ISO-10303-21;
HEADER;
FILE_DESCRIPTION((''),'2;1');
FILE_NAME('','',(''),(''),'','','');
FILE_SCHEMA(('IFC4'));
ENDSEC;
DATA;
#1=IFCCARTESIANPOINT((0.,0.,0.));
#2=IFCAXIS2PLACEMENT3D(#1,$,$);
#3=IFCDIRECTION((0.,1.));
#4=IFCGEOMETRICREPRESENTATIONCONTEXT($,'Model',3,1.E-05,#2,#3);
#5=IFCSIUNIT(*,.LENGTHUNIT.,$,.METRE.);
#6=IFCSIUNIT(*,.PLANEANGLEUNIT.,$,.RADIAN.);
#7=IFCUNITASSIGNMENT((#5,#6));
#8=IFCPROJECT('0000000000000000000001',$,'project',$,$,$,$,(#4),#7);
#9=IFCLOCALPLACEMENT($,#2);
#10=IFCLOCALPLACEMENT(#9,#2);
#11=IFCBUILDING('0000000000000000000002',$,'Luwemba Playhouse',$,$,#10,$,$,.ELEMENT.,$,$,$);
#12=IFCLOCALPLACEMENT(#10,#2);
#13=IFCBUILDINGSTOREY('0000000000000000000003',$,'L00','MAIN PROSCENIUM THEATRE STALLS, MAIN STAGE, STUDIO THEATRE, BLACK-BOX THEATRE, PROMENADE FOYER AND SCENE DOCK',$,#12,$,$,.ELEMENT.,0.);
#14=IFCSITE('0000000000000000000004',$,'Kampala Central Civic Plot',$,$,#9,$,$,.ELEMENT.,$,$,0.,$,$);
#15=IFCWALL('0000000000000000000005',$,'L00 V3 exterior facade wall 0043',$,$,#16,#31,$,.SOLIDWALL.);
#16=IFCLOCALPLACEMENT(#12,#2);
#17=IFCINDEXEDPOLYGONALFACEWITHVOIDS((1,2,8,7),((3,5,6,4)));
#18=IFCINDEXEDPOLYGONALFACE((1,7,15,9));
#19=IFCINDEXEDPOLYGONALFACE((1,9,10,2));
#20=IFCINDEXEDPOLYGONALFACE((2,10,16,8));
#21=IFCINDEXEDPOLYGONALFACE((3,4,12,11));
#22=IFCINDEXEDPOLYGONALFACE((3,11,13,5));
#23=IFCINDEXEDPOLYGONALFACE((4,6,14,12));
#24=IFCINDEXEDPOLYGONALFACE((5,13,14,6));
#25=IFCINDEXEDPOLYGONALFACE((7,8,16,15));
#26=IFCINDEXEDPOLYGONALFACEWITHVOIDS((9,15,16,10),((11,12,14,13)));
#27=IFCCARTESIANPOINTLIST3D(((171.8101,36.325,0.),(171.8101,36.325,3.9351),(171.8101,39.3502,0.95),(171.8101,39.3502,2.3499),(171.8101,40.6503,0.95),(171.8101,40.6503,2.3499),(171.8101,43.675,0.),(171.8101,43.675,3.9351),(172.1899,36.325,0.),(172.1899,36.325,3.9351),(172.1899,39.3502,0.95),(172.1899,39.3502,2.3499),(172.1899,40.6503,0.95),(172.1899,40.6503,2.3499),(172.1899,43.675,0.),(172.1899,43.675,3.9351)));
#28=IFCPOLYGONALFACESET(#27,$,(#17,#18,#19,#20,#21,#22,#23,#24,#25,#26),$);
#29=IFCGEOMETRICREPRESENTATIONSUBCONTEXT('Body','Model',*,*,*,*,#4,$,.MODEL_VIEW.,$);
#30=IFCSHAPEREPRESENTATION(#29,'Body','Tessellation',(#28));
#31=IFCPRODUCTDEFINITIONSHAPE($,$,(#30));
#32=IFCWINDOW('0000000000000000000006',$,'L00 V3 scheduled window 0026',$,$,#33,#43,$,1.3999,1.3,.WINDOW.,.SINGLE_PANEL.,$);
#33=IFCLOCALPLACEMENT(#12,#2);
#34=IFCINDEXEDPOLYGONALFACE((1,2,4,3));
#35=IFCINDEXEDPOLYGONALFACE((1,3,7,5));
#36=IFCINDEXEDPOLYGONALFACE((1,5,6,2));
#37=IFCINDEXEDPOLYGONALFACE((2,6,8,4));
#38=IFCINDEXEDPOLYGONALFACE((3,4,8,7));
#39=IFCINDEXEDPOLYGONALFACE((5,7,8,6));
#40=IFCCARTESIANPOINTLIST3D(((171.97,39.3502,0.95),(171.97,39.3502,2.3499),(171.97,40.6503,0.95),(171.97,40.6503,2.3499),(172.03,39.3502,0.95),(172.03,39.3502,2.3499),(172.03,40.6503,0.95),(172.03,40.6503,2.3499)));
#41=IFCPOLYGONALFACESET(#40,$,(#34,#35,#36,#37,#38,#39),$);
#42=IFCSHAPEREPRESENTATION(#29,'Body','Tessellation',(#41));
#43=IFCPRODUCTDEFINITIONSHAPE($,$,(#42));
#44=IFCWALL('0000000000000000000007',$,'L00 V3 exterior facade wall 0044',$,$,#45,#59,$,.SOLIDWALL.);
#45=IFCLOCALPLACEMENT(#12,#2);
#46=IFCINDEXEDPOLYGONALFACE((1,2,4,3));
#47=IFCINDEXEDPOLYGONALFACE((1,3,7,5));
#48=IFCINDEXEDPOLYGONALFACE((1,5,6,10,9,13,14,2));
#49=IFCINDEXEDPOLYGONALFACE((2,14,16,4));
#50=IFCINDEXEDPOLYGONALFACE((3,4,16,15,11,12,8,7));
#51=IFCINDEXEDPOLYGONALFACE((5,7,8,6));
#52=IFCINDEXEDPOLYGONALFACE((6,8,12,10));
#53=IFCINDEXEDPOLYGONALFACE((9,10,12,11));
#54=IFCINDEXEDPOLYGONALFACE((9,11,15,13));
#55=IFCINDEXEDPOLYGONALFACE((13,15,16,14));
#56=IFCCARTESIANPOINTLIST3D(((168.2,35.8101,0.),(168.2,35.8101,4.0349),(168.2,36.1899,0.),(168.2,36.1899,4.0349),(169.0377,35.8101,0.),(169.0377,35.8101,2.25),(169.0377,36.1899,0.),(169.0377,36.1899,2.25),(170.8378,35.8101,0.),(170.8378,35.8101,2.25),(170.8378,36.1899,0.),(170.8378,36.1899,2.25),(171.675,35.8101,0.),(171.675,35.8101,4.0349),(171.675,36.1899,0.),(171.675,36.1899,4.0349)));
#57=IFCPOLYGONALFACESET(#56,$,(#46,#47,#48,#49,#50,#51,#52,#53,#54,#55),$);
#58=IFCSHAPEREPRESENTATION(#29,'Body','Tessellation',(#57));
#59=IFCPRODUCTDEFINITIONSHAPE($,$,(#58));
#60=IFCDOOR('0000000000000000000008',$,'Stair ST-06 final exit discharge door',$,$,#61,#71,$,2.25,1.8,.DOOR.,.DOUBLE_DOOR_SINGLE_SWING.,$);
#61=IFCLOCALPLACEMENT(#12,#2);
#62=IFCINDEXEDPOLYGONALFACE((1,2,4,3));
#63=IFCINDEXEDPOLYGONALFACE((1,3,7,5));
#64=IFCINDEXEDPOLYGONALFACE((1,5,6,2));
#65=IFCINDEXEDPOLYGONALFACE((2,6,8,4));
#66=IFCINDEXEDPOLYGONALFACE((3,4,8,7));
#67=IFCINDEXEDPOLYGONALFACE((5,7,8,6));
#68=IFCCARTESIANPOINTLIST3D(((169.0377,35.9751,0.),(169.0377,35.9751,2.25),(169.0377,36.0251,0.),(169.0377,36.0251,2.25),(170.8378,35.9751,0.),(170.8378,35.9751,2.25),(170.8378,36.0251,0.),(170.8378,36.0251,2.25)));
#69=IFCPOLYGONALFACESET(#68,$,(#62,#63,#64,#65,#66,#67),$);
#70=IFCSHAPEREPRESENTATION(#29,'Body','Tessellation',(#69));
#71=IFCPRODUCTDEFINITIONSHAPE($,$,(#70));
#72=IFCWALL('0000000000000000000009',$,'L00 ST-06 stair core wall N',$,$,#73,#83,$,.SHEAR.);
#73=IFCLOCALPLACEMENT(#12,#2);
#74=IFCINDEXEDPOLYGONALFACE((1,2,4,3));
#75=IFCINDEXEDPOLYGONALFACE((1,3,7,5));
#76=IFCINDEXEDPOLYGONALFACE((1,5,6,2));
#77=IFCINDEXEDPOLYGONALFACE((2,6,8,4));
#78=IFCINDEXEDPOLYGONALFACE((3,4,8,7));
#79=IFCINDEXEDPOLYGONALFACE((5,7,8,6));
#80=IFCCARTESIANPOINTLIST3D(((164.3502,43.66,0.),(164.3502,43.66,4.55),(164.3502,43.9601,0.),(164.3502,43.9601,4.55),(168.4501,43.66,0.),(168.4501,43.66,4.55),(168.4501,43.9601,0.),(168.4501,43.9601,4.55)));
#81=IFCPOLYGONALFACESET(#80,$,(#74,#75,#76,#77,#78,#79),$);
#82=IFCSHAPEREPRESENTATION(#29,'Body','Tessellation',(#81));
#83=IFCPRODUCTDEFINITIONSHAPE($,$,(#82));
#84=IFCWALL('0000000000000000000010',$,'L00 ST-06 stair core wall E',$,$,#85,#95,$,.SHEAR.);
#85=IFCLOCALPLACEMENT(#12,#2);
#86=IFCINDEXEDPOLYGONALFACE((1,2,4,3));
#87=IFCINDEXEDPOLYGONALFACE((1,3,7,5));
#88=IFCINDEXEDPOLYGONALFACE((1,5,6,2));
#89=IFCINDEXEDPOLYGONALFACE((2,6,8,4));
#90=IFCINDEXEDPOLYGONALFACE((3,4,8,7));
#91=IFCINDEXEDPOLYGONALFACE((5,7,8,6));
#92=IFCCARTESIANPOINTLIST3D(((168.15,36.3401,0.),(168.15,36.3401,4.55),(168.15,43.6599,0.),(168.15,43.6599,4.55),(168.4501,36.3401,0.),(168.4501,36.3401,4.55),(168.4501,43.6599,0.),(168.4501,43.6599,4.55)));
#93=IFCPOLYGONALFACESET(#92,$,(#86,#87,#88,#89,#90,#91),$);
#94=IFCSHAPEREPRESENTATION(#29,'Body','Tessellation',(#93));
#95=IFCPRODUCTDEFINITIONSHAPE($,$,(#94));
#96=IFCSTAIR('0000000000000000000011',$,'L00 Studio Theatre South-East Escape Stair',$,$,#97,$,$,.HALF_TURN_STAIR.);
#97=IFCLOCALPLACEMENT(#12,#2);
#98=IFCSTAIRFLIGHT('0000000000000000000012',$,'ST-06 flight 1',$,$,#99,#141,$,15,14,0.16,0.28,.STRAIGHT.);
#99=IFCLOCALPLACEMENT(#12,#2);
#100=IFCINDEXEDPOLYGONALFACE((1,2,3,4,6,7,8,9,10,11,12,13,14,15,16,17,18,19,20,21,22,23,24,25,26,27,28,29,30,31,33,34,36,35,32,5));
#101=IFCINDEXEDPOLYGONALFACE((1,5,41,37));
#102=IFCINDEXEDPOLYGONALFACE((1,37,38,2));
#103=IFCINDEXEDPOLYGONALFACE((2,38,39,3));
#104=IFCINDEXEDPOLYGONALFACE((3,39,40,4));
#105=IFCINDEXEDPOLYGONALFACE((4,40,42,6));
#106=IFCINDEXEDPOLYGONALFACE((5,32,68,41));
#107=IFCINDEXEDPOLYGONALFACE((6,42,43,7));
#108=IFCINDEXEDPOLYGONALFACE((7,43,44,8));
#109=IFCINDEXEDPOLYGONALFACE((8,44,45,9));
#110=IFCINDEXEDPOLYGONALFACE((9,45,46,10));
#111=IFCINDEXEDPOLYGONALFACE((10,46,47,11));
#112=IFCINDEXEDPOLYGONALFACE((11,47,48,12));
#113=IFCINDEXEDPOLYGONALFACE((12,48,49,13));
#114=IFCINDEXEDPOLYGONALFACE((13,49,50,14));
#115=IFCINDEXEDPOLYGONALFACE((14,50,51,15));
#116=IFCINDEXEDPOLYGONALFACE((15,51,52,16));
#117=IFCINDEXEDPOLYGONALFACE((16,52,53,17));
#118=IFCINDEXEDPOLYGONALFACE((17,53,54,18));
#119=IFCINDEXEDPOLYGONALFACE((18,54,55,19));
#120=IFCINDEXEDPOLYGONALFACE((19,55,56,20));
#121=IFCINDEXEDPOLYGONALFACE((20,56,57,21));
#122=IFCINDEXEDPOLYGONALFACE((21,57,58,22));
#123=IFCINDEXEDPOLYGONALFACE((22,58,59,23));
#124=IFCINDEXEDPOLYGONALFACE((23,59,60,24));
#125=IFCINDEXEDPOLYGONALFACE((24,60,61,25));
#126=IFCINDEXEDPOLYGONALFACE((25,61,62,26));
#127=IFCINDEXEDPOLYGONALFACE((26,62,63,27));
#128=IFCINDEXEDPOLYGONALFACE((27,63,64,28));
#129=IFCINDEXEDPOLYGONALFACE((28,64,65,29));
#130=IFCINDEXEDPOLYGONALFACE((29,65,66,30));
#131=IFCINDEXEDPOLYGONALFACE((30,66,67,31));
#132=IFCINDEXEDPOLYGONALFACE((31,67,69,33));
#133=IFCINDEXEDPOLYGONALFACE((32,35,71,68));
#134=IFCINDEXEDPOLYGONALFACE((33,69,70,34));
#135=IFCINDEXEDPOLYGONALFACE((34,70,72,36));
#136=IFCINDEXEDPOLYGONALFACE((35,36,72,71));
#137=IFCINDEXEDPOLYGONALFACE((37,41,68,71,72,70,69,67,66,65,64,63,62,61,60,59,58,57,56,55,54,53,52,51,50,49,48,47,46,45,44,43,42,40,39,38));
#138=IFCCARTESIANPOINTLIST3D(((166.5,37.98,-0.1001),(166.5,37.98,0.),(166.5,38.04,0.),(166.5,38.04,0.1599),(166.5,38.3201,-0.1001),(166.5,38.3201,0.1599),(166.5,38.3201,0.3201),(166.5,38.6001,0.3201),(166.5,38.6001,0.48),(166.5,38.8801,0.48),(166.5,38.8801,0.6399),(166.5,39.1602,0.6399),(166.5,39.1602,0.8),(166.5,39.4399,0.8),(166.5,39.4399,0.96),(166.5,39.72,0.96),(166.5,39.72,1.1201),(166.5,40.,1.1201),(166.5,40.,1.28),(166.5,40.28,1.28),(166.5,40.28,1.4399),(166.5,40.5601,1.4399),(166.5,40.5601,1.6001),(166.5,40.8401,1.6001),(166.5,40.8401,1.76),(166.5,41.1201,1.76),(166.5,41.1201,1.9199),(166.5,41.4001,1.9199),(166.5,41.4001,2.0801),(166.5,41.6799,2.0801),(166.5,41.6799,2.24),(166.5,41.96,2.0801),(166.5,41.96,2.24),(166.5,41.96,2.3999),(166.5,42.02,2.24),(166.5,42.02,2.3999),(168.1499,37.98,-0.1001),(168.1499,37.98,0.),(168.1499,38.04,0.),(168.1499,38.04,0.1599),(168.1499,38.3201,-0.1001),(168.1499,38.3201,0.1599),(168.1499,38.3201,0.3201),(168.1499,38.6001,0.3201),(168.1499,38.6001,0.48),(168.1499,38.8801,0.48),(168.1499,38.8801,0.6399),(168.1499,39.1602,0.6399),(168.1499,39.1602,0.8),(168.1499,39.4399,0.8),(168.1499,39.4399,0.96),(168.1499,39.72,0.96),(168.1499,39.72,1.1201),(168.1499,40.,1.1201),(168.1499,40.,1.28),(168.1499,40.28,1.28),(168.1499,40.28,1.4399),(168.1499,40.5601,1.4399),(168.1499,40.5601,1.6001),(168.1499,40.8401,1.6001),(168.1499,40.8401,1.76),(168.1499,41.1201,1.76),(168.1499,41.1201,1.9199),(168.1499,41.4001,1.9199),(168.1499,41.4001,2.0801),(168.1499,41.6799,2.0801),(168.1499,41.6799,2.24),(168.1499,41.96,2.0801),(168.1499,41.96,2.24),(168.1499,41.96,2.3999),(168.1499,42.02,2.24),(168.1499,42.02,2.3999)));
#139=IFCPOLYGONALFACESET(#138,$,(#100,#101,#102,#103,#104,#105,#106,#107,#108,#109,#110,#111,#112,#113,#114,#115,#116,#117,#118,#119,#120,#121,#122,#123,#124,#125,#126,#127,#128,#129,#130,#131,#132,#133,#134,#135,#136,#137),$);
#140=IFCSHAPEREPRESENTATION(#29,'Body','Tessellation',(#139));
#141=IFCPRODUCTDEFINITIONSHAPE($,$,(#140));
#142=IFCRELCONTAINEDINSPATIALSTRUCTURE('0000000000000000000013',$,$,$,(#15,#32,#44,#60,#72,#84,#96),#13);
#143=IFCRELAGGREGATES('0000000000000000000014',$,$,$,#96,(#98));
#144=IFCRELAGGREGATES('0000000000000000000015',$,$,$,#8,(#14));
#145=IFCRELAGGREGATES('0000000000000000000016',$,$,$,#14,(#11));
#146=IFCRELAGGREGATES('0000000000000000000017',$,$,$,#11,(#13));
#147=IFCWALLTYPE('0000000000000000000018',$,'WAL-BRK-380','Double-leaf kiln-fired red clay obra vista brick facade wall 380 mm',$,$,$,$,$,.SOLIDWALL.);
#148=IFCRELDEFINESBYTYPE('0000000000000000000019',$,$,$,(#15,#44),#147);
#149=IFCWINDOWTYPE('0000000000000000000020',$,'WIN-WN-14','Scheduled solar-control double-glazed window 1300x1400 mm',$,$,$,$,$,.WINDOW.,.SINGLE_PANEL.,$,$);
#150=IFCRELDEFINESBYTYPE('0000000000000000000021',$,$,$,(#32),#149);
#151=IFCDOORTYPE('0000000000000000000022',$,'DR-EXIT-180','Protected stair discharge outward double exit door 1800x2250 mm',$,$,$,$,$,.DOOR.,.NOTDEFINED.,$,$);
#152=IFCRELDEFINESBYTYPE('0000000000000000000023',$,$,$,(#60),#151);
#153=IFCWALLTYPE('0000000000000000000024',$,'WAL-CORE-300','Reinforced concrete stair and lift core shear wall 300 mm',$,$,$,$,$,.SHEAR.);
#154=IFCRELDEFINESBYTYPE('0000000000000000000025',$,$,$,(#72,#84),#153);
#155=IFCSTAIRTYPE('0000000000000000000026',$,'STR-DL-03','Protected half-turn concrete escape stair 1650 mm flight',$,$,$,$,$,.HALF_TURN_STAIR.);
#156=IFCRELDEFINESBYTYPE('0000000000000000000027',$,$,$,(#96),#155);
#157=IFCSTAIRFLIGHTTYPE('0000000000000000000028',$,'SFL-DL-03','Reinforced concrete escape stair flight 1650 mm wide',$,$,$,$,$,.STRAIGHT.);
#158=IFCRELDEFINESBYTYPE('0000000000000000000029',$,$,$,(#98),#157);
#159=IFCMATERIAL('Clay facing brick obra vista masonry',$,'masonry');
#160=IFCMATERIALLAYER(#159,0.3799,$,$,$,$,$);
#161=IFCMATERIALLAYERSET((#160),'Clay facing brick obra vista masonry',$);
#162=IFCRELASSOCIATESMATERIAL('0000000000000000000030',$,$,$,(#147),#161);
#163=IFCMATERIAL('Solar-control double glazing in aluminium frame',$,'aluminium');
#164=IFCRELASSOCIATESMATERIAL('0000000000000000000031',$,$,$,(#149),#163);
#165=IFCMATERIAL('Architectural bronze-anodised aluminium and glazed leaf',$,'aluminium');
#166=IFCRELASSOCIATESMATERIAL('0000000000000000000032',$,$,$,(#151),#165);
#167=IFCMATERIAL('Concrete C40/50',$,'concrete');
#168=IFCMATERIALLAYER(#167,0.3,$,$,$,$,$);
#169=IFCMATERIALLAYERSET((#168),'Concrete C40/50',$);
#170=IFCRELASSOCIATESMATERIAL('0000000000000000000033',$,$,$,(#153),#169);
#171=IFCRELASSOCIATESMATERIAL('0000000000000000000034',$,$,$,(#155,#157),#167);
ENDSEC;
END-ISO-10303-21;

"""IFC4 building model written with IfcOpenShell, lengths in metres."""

from ifc_helpers import new_model, si_unit, direction, frame, frame_2d, origin, place, context, subcontext, project, spatial, polyline, rectangle, outline, extrude, material, layer, layer_set, type_object, element, fill, aggregate, save


model = new_model("IFC4")

# Units and contexts
model_context = context("Model", 3, precision=1e-05, world=origin(), true_north=direction((0.0, 1.0)))
body_context = subcontext(model_context, "Body", "Model", "MODEL_VIEW")
ifc_project = project(units=[si_unit("LENGTHUNIT", "METRE"), si_unit("PLANEANGLEUNIT", "RADIAN")], contexts=[model_context])

# Site, building, storey
site_placement = place(None, origin())
site = spatial("IfcSite", under=ifc_project, at=site_placement, Name="Kampala Central Civic Plot", CompositionType="ELEMENT", RefElevation=0.0)
building_placement = place(site_placement, origin())
building = spatial("IfcBuilding", under=site, at=building_placement, Name="Luwemba Playhouse", CompositionType="ELEMENT")
storey_placement = place(building_placement, origin())
storey = spatial("IfcBuildingStorey", under=building, at=storey_placement, Name="L00", Description="MAIN PROSCENIUM THEATRE STALLS, MAIN STAGE, STUDIO THEATRE, BLACK-BOX THEATRE, PROMENADE FOYER AND SCENE DOCK", CompositionType="ELEMENT", Elevation=0.0)

# Shared definitions
ifc_material_1 = material(Name="Concrete C40/50", Category="concrete")

# Wall, opening, window
ifc_material_2 = material(Name="Clay facing brick obra vista masonry", Category="masonry")
ifc_layer_1 = layer(ifc_material_2, 0.3799)
ifc_layer_set_1 = layer_set([ifc_layer_1], Name="Clay facing brick obra vista masonry")
wall_type_1 = type_object("IfcWallType", Name="WAL-BRK-380", Description="Double-leaf kiln-fired red clay obra vista brick facade wall 380 mm", PredefinedType="SOLIDWALL", material=ifc_layer_set_1)
wall_1_placement = place(storey_placement, frame((172.0, 43.675, 0.0), z_axis=(0.0, 0.0, 1.0), x_axis=(0.0, -1.0, 0.0)))
wall_1 = element("IfcWall", 1, at=wall_1_placement, inside=storey, type_object=wall_type_1, Name="L00 V3 exterior facade wall 0043", PredefinedType="SOLIDWALL", context=body_context, shape_type="SweptSolid", body=[
    extrude(rectangle(XDim=7.3501, YDim=0.3799, at=frame_2d((3.675, 0.0))), origin(), (0.0, 0.0, 1.0), 3.9351),
])
opening_1_placement = place(wall_1_placement, frame((3.0249, 0.0, 0.95)))
opening_1 = element("IfcOpeningElement", 2, at=opening_1_placement, cuts=wall_1, PredefinedType="OPENING", context=body_context, shape_type="SweptSolid", body=[
    extrude(rectangle(XDim=1.3, YDim=1.3999, at=frame_2d((0.6499, 0.7))), frame((0.0, 0.2, 0.0), z_axis=(0.0, -1.0, 0.0), x_axis=(1.0, 0.0, 0.0)), (0.0, 0.0, 1.0), 0.3999),
])
ifc_material_3 = material(Name="Solar-control double glazing in aluminium frame", Category="aluminium")
window_type = type_object("IfcWindowType", Name="WIN-WN-14", Description="Scheduled solar-control double-glazed window 1300x1400 mm", PartitioningType="SINGLE_PANEL", PredefinedType="WINDOW", material=ifc_material_3)
window_placement = place(opening_1_placement, origin())
window = element("IfcWindow", 3, at=window_placement, inside=storey, type_object=window_type, Name="L00 V3 scheduled window 0026", OverallHeight=1.3999, OverallWidth=1.3, PartitioningType="SINGLE_PANEL", PredefinedType="WINDOW", context=body_context, shape_type="SweptSolid", body=[
    extrude(rectangle(XDim=1.3, YDim=1.3999, at=frame_2d((0.6499, 0.7))), frame((0.0, 0.03, 0.0), z_axis=(0.0, -1.0, 0.0), x_axis=(1.0, 0.0, 0.0)), (0.0, 0.0, 1.0), 0.0601),
])
fill(opening_1, window)

# Wall, opening, door
wall_2_placement = place(storey_placement, frame((171.675, 36.0, 0.0), z_axis=(0.0, 0.0, 1.0), x_axis=(-1.0, 0.0, 0.0)))
wall_2 = element("IfcWall", 4, at=wall_2_placement, inside=storey, type_object=wall_type_1, Name="L00 V3 exterior facade wall 0044", PredefinedType="SOLIDWALL", context=body_context, shape_type="SweptSolid", body=[
    extrude(rectangle(XDim=3.4751, YDim=0.3799, at=frame_2d((1.7375, 0.0))), origin(), (0.0, 0.0, 1.0), 4.0349),
])
opening_2_placement = place(wall_2_placement, frame((0.8374, 0.0, 0.0)))
opening_2 = element("IfcOpeningElement", 5, at=opening_2_placement, cuts=wall_2, PredefinedType="OPENING", context=body_context, shape_type="SweptSolid", body=[
    extrude(rectangle(XDim=1.8, YDim=2.25, at=frame_2d((0.8999, 1.125))), frame((0.0, 0.2, 0.0), z_axis=(0.0, -1.0, 0.0), x_axis=(1.0, 0.0, 0.0)), (0.0, 0.0, 1.0), 0.3999),
])
ifc_material_4 = material(Name="Architectural bronze-anodised aluminium and glazed leaf", Category="aluminium")
door_type = type_object("IfcDoorType", Name="DR-EXIT-180", Description="Protected stair discharge outward double exit door 1800x2250 mm", OperationType="NOTDEFINED", PredefinedType="DOOR", material=ifc_material_4)
door_placement = place(opening_2_placement, origin())
door = element("IfcDoor", 6, at=door_placement, inside=storey, type_object=door_type, Name="Stair ST-06 final exit discharge door", OperationType="DOUBLE_DOOR_SINGLE_SWING", OverallHeight=2.25, OverallWidth=1.8, PredefinedType="DOOR", context=body_context, shape_type="SweptSolid", body=[
    extrude(rectangle(XDim=1.8, YDim=2.25, at=frame_2d((0.8999, 1.125))), frame((0.0, 0.0249, 0.0), z_axis=(0.0, -1.0, 0.0), x_axis=(1.0, 0.0, 0.0)), (0.0, 0.0, 1.0), 0.05),
])
fill(opening_2, door)

# Walls
ifc_layer_2 = layer(ifc_material_1, 0.3)
ifc_layer_set_2 = layer_set([ifc_layer_2], Name="Concrete C40/50")
wall_type_2 = type_object("IfcWallType", Name="WAL-CORE-300", Description="Reinforced concrete stair and lift core shear wall 300 mm", PredefinedType="SHEAR", material=ifc_layer_set_2)
wall_3_placement = place(storey_placement, frame((168.45, 43.8101, 0.0), z_axis=(0.0, 0.0, 1.0), x_axis=(-1.0, 0.0, 0.0)))
element("IfcWall", 7, at=wall_3_placement, inside=storey, type_object=wall_type_2, Name="L00 ST-06 stair core wall N", PredefinedType="SHEAR", context=body_context, shape_type="SweptSolid", body=[
    extrude(rectangle(XDim=4.0999, YDim=0.3, at=frame_2d((2.0498, 0.0))), origin(), (0.0, 0.0, 1.0), 4.55),
])
wall_4_placement = place(storey_placement, frame((168.3, 43.6599, 0.0), z_axis=(0.0, 0.0, 1.0), x_axis=(0.0, -1.0, 0.0)))
element("IfcWall", 8, at=wall_4_placement, inside=storey, type_object=wall_type_2, Name="L00 ST-06 stair core wall E", PredefinedType="SHEAR", context=body_context, shape_type="SweptSolid", body=[
    extrude(rectangle(XDim=7.3198, YDim=0.3, at=frame_2d((3.6599, 0.0))), origin(), (0.0, 0.0, 1.0), 4.55),
])

# Stair, stair flight
stair_type = type_object("IfcStairType", Name="STR-DL-03", Description="Protected half-turn concrete escape stair 1650 mm flight", PredefinedType="HALF_TURN_STAIR", material=ifc_material_1)
stair_placement = place(storey_placement, origin())
stair = element("IfcStair", 9, at=stair_placement, inside=storey, type_object=stair_type, Name="L00 Studio Theatre South-East Escape Stair", PredefinedType="HALF_TURN_STAIR")
stair_flight_type = type_object("IfcStairFlightType", Name="SFL-DL-03", Description="Reinforced concrete escape stair flight 1650 mm wide", PredefinedType="STRAIGHT", material=ifc_material_1)
stair_flight_1_placement = place(storey_placement, frame((167.325, 38.04, 0.0), z_axis=(0.0, 0.0, 1.0), x_axis=(0.0, 1.0, 0.0)))
stair_flight_1 = element("IfcStairFlight", 10, at=stair_flight_1_placement, type_object=stair_flight_type, Name="ST-06 flight 1", NumberOfRisers=15, NumberOfTreads=14, PredefinedType="STRAIGHT", RiserHeight=0.16, TreadLength=0.28, context=body_context, shape_type="SweptSolid", body=[
    extrude(outline(polyline([(-0.0601, -0.1001), (-0.0601, 0.0), (0.0, 0.0), (0.0, 0.1599), (0.28, 0.1599), (0.28, 0.3201), (0.5601, 0.3201), (0.5601, 0.48), (0.8401, 0.48), (0.8401, 0.6399), (1.1201, 0.6399), (1.1201, 0.8), (1.3999, 0.8), (1.3999, 0.96), (1.6799, 0.96), (1.6799, 1.1201), (1.96, 1.1201), (1.96, 1.28), (2.24, 1.28), (2.24, 1.4399), (2.52, 1.4399), (2.52, 1.6001), (2.8, 1.6001), (2.8, 1.76), (3.0801, 1.76), (3.0801, 1.9199), (3.3601, 1.9199), (3.3601, 2.0801), (3.6399, 2.0801), (3.6399, 2.24), (3.9199, 2.24), (3.9199, 2.3999), (3.98, 2.3999), (3.98, 2.24), (3.9199, 2.0801), (0.28, -0.1001), (-0.0601, -0.1001)])), frame((0.0, 0.825, 0.0), z_axis=(0.0, -1.0, 0.0), x_axis=(1.0, 0.0, 0.0)), (0.0, 0.0, 1.0), 1.6499),
])
aggregate(stair, [stair_flight_1])

save(model, "model.ifc")
